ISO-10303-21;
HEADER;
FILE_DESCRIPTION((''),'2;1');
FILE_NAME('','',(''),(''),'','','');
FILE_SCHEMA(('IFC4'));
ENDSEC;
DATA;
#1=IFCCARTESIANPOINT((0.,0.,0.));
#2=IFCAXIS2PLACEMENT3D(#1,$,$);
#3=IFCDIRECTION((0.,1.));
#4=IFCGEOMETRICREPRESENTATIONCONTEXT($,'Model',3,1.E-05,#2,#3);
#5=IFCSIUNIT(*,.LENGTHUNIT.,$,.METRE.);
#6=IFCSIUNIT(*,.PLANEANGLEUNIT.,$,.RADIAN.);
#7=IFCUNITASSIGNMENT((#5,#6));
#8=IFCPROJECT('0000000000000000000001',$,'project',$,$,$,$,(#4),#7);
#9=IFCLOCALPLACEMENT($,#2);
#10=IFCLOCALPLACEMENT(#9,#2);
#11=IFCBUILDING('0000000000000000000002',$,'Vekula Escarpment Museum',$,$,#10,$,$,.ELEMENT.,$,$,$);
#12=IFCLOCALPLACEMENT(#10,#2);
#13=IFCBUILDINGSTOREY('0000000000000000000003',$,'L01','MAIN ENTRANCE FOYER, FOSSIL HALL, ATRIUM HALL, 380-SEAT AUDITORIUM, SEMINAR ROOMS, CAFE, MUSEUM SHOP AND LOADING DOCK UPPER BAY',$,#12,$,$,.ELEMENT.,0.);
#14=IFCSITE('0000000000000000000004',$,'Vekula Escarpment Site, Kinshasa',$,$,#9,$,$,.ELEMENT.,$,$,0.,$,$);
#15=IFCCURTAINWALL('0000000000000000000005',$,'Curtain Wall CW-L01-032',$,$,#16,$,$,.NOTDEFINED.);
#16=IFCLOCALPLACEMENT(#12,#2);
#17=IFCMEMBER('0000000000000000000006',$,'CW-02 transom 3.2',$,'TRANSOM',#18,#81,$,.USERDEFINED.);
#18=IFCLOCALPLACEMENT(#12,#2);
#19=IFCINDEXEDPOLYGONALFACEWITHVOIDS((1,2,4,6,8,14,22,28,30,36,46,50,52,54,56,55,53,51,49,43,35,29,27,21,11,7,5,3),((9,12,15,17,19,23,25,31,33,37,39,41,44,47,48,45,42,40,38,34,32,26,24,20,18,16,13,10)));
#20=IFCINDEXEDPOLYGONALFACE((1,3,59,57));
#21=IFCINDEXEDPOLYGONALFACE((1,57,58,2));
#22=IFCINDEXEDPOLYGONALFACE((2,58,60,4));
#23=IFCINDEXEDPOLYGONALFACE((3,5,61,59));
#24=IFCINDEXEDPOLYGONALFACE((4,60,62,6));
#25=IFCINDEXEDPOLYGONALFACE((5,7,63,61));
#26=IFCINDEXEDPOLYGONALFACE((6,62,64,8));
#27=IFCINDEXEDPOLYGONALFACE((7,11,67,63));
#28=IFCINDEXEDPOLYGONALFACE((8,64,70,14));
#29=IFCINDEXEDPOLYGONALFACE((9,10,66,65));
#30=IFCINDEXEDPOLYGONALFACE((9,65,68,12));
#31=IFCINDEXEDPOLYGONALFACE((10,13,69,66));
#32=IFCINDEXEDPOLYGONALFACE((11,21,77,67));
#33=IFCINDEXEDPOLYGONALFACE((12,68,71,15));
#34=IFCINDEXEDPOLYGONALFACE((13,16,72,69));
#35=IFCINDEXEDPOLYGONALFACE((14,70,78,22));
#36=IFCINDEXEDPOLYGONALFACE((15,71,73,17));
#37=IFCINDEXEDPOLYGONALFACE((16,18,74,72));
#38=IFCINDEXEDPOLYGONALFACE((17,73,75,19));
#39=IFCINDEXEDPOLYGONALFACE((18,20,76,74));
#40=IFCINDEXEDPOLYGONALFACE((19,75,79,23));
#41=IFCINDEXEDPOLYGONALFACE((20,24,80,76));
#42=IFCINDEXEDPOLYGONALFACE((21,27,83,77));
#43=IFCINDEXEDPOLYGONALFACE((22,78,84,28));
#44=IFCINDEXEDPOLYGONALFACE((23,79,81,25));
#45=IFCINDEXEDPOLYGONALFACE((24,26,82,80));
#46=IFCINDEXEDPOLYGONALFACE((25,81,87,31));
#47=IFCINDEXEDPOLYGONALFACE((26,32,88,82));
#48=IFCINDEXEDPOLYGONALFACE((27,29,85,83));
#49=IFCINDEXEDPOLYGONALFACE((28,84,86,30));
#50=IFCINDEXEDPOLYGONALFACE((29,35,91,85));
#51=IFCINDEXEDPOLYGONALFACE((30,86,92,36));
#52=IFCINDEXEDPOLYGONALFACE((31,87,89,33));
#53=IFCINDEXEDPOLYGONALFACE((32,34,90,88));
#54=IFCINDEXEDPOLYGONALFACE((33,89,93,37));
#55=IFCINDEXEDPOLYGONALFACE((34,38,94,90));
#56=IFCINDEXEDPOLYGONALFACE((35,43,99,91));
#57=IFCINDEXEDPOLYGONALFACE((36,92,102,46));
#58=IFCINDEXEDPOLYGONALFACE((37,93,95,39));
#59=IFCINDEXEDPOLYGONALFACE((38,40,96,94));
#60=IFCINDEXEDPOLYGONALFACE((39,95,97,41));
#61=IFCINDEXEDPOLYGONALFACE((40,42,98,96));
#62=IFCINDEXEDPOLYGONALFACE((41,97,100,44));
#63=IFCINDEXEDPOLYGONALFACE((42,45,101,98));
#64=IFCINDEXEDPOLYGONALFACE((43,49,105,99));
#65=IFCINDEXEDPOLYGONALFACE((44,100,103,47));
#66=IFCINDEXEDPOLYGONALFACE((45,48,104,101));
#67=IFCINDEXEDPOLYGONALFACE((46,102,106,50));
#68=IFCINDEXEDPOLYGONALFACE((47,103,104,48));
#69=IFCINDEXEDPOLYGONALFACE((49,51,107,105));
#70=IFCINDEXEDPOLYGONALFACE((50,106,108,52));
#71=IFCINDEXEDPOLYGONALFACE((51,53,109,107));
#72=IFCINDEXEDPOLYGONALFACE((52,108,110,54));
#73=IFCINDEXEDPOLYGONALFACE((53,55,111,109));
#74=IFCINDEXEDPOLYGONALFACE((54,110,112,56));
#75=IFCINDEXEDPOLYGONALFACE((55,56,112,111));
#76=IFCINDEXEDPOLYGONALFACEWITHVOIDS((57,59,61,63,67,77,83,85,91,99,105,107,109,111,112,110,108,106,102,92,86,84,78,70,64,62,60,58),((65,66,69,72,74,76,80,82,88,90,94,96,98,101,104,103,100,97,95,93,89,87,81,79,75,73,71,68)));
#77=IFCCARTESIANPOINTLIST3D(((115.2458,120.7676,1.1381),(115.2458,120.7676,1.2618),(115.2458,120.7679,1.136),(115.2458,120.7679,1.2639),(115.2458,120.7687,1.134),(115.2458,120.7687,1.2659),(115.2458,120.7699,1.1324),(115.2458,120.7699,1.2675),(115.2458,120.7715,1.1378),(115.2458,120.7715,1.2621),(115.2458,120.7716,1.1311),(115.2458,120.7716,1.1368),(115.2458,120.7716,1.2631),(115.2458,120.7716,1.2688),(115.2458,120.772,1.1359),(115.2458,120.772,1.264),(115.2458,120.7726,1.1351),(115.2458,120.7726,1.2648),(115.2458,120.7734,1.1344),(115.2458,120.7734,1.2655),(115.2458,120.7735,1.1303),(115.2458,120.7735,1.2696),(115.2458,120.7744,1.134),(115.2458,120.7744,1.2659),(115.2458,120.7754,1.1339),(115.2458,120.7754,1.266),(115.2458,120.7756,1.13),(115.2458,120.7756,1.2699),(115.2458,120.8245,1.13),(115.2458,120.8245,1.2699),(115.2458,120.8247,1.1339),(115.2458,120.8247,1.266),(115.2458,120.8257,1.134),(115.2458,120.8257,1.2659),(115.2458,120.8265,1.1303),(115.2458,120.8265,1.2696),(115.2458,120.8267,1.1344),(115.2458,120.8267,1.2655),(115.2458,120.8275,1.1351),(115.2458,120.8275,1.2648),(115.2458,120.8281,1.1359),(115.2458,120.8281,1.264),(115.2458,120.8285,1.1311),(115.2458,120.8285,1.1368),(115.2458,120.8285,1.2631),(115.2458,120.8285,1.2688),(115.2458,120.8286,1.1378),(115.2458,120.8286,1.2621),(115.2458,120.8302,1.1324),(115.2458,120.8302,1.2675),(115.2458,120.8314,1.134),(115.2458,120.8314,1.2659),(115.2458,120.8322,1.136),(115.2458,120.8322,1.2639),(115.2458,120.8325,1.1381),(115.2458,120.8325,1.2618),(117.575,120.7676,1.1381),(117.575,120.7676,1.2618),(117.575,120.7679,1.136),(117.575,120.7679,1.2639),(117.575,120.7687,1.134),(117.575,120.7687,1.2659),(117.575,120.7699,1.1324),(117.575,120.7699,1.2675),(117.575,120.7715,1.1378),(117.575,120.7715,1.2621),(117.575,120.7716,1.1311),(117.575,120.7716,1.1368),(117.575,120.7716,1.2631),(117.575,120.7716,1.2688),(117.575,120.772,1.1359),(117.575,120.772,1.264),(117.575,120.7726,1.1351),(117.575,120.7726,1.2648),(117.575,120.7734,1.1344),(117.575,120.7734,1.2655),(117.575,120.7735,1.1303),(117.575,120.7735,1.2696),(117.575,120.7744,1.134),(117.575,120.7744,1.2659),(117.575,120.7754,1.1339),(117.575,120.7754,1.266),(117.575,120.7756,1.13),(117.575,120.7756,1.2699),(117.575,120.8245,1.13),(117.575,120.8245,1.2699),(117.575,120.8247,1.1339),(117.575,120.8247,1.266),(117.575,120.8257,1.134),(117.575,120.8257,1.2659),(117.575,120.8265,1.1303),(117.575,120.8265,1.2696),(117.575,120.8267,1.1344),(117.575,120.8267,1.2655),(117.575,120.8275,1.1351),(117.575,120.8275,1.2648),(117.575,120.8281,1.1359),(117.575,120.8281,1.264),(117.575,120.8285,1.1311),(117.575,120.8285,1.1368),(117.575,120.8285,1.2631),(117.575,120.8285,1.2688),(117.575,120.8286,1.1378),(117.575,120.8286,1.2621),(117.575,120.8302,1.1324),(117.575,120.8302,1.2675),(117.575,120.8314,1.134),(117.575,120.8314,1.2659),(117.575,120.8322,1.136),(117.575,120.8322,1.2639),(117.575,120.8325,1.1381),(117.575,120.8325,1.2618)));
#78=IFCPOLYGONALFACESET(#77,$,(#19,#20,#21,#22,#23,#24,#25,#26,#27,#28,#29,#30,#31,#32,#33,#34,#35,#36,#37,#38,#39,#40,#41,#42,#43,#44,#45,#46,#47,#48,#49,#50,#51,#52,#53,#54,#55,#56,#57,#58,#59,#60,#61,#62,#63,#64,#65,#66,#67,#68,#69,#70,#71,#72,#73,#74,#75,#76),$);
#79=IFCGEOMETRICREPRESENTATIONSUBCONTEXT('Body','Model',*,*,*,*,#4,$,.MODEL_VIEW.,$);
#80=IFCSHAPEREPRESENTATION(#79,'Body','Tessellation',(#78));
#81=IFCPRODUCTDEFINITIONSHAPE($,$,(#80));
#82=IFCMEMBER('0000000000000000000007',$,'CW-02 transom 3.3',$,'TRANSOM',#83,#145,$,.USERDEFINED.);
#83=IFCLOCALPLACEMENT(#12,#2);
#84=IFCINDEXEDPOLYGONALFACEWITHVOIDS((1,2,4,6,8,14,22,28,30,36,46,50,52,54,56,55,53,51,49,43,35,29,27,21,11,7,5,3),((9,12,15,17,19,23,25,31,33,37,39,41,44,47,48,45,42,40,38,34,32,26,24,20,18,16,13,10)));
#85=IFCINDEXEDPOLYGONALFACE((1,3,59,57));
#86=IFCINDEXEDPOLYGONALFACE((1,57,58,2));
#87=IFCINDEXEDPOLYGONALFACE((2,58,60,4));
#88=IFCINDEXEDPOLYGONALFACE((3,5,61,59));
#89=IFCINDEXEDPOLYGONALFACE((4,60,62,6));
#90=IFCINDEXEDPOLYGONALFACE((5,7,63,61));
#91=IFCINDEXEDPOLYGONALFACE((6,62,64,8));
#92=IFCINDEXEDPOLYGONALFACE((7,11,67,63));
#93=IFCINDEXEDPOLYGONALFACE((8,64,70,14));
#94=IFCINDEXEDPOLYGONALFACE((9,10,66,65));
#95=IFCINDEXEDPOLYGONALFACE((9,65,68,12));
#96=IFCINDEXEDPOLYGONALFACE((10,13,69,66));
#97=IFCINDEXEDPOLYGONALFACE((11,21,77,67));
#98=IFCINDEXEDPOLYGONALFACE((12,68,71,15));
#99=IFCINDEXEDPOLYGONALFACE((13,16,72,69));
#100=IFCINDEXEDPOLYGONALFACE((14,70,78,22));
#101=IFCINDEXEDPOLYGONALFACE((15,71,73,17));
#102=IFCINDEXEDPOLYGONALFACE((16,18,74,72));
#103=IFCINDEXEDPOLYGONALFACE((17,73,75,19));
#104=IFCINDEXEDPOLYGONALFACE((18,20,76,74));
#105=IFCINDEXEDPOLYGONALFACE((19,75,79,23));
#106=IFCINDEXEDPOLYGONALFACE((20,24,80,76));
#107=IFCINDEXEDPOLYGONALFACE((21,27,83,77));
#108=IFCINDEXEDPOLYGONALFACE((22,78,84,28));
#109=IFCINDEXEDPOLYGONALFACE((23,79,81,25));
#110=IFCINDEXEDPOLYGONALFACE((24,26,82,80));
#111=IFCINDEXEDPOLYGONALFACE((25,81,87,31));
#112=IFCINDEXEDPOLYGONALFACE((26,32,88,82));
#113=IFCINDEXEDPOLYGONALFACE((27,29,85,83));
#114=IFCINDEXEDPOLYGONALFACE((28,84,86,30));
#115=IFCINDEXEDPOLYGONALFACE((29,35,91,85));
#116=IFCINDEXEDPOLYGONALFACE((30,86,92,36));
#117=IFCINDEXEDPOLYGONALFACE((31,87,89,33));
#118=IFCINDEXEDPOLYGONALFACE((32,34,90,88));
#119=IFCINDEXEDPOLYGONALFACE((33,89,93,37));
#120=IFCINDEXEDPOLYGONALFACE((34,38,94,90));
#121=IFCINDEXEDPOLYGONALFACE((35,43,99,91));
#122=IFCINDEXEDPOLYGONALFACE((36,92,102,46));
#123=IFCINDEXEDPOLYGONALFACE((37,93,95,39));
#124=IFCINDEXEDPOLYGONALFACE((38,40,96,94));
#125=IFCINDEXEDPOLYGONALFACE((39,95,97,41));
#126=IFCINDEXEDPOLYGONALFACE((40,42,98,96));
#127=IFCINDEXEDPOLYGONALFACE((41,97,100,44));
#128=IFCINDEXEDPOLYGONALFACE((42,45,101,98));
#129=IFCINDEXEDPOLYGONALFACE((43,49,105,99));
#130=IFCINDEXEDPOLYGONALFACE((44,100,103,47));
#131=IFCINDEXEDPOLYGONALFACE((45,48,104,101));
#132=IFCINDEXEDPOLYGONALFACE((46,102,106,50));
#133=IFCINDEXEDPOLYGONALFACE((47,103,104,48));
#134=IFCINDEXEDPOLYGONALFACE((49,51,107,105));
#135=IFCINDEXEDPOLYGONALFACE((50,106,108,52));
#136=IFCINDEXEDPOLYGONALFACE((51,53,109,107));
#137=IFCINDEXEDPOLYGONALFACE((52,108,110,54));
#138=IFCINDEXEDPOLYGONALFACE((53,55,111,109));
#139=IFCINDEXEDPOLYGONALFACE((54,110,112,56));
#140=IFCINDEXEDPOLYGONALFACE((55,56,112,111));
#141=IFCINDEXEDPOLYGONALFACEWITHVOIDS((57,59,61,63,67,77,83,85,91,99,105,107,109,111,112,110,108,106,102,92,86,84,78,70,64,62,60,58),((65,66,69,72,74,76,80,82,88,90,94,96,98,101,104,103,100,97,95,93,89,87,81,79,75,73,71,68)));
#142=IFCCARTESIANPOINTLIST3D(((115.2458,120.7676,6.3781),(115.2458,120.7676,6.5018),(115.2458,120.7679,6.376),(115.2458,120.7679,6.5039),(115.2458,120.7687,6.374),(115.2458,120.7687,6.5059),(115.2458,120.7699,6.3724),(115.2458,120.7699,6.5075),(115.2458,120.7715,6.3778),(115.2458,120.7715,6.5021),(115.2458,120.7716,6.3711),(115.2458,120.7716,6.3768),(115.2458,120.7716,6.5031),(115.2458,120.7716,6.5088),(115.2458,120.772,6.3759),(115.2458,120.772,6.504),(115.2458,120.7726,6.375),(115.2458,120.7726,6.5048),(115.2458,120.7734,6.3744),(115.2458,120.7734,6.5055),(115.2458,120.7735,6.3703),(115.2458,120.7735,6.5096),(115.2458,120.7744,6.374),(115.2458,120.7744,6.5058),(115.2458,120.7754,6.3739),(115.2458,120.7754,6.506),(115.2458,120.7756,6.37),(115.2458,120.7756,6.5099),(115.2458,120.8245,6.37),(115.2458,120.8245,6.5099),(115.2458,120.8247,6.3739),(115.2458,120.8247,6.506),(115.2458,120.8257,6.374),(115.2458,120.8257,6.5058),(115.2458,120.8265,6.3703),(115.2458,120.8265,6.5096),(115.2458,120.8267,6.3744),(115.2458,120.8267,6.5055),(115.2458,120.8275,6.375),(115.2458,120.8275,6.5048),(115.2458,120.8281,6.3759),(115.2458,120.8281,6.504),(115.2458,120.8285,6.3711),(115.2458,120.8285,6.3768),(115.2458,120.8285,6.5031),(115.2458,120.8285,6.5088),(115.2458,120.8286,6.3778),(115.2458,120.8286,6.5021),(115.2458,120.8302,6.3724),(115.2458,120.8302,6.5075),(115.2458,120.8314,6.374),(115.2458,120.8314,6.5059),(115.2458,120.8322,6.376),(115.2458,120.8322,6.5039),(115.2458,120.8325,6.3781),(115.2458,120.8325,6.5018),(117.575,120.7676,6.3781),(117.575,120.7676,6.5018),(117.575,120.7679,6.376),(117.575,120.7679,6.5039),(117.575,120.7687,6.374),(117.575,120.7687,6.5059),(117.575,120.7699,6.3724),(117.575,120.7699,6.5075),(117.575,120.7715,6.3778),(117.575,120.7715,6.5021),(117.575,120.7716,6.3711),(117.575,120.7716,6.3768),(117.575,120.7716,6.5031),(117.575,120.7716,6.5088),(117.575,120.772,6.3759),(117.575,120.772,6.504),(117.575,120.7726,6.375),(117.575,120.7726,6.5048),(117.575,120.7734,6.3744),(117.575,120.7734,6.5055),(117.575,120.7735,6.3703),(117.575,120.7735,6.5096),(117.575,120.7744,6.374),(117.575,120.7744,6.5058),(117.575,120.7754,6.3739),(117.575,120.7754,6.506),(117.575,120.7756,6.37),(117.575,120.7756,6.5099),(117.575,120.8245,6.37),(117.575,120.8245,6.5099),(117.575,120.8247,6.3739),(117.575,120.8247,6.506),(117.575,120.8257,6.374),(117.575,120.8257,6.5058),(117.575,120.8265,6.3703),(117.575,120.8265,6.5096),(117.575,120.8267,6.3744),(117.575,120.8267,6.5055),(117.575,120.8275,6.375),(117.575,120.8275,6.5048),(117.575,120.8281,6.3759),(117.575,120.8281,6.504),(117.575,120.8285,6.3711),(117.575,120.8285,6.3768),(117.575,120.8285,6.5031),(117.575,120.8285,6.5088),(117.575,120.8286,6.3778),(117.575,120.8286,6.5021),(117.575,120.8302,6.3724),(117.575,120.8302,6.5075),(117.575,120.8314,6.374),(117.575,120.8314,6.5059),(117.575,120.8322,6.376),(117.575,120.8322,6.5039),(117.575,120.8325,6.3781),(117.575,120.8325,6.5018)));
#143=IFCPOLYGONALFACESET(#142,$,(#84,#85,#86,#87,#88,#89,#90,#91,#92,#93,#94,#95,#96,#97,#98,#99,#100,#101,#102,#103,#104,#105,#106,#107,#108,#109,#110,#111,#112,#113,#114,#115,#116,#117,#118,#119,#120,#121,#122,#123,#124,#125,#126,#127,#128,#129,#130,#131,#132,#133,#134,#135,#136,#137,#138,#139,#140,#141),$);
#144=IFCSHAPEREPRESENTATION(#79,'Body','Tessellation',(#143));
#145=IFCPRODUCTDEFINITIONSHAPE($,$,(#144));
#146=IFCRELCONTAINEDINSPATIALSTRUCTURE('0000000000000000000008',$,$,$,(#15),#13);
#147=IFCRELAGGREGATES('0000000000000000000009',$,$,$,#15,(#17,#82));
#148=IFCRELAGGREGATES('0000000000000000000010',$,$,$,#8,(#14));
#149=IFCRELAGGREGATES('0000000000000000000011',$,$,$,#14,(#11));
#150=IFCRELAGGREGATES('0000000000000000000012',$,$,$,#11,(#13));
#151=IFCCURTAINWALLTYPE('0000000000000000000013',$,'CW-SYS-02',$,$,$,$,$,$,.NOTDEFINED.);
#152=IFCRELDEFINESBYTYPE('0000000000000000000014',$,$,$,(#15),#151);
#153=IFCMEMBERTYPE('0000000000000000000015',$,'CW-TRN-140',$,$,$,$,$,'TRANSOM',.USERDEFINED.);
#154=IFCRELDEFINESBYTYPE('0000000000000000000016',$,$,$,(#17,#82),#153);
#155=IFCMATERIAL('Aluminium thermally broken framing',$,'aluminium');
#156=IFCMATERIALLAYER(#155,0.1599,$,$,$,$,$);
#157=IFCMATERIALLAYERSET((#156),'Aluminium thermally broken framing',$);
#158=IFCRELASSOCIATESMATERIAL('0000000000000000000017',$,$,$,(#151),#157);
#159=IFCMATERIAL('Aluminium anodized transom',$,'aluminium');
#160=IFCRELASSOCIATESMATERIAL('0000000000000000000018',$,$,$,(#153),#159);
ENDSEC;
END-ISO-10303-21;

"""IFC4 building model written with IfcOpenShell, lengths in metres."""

from ifc_helpers import new_model, si_unit, direction, frame, origin, origin_2d, place, context, subcontext, project, spatial, hollow_rectangle, extrude, material, layer, layer_set, material_profile, profile_set, type_object, element, aggregate, save


model = new_model("IFC4")

# Units and contexts
model_context = context("Model", 3, precision=1e-05, world=origin(), true_north=direction((0.0, 1.0)))
body_context = subcontext(model_context, "Body", "Model", "MODEL_VIEW")
ifc_project = project(units=[si_unit("LENGTHUNIT", "METRE"), si_unit("PLANEANGLEUNIT", "RADIAN")], contexts=[model_context])

# Site, building, storey
site_placement = place(None, origin())
site = spatial("IfcSite", under=ifc_project, at=site_placement, Name="Vekula Escarpment Site, Kinshasa", CompositionType="ELEMENT", RefElevation=0.0)
building_placement = place(site_placement, origin())
building = spatial("IfcBuilding", under=site, at=building_placement, Name="Vekula Escarpment Museum", CompositionType="ELEMENT")
storey_placement = place(building_placement, origin())
storey = spatial("IfcBuildingStorey", under=building, at=storey_placement, Name="L01", Description="MAIN ENTRANCE FOYER, FOSSIL HALL, ATRIUM HALL, 380-SEAT AUDITORIUM, SEMINAR ROOMS, CAFE, MUSEUM SHOP AND LOADING DOCK UPPER BAY", CompositionType="ELEMENT", Elevation=0.0)

# Curtain wall, members
ifc_material_1 = material(Name="Aluminium thermally broken framing", Category="aluminium")
ifc_layer_1 = layer(ifc_material_1, 0.1599)
ifc_layer_set_1 = layer_set([ifc_layer_1], Name="Aluminium thermally broken framing")
curtain_wall_type = type_object("IfcCurtainWallType", Name="CW-SYS-02", PredefinedType="NOTDEFINED", material=ifc_layer_set_1)
curtain_wall_placement = place(storey_placement, origin())
curtain_wall = element("IfcCurtainWall", 1, at=curtain_wall_placement, inside=storey, type_object=curtain_wall_type, Name="Curtain Wall CW-L01-032", PredefinedType="NOTDEFINED")
ifc_material_2 = material(Name="Aluminium anodized transom", Category="aluminium")
ifc_material_profile_1 = material_profile(ifc_material_2, hollow_rectangle(XDim=0.0649, YDim=0.1399, WallThickness=0.0039, InnerFilletRadius=0.0039, OuterFilletRadius=0.0081, at=origin_2d()), Name="ALU 140x65x4")
ifc_profile_set_1 = profile_set([ifc_material_profile_1], Name="Aluminium anodized transom")
member_type_1 = type_object("IfcMemberType", Name="CW-TRN-140", ElementType="TRANSOM", PredefinedType="USERDEFINED", material=ifc_profile_set_1)
member_1_placement = place(storey_placement, frame((115.2458, 120.8, 1.2), z_axis=(1.0, 0.0, 0.0), x_axis=(0.0, 1.0, 0.0)))
member_1 = element("IfcMember", 2, at=member_1_placement, type_object=member_type_1, Name="CW-02 transom 3.2", ObjectType="TRANSOM", PredefinedType="USERDEFINED", context=body_context, shape_type="SweptSolid", body=[
    extrude(hollow_rectangle(XDim=0.0649, YDim=0.1399, WallThickness=0.0039, InnerFilletRadius=0.0039, OuterFilletRadius=0.0081, at=origin_2d()), origin(), (0.0, 0.0, 1.0), 2.3291),
])
member_2_placement = place(storey_placement, frame((115.2458, 120.8, 6.4399), z_axis=(1.0, 0.0, 0.0), x_axis=(0.0, 1.0, 0.0)))
member_2 = element("IfcMember", 3, at=member_2_placement, type_object=member_type_1, Name="CW-02 transom 3.3", ObjectType="TRANSOM", PredefinedType="USERDEFINED", context=body_context, shape_type="SweptSolid", body=[
    extrude(hollow_rectangle(XDim=0.0649, YDim=0.1399, WallThickness=0.0039, InnerFilletRadius=0.0039, OuterFilletRadius=0.0081, at=origin_2d()), origin(), (0.0, 0.0, 1.0), 2.3291),
])
aggregate(curtain_wall, [member_1, member_2])

save(model, "model.ifc")
